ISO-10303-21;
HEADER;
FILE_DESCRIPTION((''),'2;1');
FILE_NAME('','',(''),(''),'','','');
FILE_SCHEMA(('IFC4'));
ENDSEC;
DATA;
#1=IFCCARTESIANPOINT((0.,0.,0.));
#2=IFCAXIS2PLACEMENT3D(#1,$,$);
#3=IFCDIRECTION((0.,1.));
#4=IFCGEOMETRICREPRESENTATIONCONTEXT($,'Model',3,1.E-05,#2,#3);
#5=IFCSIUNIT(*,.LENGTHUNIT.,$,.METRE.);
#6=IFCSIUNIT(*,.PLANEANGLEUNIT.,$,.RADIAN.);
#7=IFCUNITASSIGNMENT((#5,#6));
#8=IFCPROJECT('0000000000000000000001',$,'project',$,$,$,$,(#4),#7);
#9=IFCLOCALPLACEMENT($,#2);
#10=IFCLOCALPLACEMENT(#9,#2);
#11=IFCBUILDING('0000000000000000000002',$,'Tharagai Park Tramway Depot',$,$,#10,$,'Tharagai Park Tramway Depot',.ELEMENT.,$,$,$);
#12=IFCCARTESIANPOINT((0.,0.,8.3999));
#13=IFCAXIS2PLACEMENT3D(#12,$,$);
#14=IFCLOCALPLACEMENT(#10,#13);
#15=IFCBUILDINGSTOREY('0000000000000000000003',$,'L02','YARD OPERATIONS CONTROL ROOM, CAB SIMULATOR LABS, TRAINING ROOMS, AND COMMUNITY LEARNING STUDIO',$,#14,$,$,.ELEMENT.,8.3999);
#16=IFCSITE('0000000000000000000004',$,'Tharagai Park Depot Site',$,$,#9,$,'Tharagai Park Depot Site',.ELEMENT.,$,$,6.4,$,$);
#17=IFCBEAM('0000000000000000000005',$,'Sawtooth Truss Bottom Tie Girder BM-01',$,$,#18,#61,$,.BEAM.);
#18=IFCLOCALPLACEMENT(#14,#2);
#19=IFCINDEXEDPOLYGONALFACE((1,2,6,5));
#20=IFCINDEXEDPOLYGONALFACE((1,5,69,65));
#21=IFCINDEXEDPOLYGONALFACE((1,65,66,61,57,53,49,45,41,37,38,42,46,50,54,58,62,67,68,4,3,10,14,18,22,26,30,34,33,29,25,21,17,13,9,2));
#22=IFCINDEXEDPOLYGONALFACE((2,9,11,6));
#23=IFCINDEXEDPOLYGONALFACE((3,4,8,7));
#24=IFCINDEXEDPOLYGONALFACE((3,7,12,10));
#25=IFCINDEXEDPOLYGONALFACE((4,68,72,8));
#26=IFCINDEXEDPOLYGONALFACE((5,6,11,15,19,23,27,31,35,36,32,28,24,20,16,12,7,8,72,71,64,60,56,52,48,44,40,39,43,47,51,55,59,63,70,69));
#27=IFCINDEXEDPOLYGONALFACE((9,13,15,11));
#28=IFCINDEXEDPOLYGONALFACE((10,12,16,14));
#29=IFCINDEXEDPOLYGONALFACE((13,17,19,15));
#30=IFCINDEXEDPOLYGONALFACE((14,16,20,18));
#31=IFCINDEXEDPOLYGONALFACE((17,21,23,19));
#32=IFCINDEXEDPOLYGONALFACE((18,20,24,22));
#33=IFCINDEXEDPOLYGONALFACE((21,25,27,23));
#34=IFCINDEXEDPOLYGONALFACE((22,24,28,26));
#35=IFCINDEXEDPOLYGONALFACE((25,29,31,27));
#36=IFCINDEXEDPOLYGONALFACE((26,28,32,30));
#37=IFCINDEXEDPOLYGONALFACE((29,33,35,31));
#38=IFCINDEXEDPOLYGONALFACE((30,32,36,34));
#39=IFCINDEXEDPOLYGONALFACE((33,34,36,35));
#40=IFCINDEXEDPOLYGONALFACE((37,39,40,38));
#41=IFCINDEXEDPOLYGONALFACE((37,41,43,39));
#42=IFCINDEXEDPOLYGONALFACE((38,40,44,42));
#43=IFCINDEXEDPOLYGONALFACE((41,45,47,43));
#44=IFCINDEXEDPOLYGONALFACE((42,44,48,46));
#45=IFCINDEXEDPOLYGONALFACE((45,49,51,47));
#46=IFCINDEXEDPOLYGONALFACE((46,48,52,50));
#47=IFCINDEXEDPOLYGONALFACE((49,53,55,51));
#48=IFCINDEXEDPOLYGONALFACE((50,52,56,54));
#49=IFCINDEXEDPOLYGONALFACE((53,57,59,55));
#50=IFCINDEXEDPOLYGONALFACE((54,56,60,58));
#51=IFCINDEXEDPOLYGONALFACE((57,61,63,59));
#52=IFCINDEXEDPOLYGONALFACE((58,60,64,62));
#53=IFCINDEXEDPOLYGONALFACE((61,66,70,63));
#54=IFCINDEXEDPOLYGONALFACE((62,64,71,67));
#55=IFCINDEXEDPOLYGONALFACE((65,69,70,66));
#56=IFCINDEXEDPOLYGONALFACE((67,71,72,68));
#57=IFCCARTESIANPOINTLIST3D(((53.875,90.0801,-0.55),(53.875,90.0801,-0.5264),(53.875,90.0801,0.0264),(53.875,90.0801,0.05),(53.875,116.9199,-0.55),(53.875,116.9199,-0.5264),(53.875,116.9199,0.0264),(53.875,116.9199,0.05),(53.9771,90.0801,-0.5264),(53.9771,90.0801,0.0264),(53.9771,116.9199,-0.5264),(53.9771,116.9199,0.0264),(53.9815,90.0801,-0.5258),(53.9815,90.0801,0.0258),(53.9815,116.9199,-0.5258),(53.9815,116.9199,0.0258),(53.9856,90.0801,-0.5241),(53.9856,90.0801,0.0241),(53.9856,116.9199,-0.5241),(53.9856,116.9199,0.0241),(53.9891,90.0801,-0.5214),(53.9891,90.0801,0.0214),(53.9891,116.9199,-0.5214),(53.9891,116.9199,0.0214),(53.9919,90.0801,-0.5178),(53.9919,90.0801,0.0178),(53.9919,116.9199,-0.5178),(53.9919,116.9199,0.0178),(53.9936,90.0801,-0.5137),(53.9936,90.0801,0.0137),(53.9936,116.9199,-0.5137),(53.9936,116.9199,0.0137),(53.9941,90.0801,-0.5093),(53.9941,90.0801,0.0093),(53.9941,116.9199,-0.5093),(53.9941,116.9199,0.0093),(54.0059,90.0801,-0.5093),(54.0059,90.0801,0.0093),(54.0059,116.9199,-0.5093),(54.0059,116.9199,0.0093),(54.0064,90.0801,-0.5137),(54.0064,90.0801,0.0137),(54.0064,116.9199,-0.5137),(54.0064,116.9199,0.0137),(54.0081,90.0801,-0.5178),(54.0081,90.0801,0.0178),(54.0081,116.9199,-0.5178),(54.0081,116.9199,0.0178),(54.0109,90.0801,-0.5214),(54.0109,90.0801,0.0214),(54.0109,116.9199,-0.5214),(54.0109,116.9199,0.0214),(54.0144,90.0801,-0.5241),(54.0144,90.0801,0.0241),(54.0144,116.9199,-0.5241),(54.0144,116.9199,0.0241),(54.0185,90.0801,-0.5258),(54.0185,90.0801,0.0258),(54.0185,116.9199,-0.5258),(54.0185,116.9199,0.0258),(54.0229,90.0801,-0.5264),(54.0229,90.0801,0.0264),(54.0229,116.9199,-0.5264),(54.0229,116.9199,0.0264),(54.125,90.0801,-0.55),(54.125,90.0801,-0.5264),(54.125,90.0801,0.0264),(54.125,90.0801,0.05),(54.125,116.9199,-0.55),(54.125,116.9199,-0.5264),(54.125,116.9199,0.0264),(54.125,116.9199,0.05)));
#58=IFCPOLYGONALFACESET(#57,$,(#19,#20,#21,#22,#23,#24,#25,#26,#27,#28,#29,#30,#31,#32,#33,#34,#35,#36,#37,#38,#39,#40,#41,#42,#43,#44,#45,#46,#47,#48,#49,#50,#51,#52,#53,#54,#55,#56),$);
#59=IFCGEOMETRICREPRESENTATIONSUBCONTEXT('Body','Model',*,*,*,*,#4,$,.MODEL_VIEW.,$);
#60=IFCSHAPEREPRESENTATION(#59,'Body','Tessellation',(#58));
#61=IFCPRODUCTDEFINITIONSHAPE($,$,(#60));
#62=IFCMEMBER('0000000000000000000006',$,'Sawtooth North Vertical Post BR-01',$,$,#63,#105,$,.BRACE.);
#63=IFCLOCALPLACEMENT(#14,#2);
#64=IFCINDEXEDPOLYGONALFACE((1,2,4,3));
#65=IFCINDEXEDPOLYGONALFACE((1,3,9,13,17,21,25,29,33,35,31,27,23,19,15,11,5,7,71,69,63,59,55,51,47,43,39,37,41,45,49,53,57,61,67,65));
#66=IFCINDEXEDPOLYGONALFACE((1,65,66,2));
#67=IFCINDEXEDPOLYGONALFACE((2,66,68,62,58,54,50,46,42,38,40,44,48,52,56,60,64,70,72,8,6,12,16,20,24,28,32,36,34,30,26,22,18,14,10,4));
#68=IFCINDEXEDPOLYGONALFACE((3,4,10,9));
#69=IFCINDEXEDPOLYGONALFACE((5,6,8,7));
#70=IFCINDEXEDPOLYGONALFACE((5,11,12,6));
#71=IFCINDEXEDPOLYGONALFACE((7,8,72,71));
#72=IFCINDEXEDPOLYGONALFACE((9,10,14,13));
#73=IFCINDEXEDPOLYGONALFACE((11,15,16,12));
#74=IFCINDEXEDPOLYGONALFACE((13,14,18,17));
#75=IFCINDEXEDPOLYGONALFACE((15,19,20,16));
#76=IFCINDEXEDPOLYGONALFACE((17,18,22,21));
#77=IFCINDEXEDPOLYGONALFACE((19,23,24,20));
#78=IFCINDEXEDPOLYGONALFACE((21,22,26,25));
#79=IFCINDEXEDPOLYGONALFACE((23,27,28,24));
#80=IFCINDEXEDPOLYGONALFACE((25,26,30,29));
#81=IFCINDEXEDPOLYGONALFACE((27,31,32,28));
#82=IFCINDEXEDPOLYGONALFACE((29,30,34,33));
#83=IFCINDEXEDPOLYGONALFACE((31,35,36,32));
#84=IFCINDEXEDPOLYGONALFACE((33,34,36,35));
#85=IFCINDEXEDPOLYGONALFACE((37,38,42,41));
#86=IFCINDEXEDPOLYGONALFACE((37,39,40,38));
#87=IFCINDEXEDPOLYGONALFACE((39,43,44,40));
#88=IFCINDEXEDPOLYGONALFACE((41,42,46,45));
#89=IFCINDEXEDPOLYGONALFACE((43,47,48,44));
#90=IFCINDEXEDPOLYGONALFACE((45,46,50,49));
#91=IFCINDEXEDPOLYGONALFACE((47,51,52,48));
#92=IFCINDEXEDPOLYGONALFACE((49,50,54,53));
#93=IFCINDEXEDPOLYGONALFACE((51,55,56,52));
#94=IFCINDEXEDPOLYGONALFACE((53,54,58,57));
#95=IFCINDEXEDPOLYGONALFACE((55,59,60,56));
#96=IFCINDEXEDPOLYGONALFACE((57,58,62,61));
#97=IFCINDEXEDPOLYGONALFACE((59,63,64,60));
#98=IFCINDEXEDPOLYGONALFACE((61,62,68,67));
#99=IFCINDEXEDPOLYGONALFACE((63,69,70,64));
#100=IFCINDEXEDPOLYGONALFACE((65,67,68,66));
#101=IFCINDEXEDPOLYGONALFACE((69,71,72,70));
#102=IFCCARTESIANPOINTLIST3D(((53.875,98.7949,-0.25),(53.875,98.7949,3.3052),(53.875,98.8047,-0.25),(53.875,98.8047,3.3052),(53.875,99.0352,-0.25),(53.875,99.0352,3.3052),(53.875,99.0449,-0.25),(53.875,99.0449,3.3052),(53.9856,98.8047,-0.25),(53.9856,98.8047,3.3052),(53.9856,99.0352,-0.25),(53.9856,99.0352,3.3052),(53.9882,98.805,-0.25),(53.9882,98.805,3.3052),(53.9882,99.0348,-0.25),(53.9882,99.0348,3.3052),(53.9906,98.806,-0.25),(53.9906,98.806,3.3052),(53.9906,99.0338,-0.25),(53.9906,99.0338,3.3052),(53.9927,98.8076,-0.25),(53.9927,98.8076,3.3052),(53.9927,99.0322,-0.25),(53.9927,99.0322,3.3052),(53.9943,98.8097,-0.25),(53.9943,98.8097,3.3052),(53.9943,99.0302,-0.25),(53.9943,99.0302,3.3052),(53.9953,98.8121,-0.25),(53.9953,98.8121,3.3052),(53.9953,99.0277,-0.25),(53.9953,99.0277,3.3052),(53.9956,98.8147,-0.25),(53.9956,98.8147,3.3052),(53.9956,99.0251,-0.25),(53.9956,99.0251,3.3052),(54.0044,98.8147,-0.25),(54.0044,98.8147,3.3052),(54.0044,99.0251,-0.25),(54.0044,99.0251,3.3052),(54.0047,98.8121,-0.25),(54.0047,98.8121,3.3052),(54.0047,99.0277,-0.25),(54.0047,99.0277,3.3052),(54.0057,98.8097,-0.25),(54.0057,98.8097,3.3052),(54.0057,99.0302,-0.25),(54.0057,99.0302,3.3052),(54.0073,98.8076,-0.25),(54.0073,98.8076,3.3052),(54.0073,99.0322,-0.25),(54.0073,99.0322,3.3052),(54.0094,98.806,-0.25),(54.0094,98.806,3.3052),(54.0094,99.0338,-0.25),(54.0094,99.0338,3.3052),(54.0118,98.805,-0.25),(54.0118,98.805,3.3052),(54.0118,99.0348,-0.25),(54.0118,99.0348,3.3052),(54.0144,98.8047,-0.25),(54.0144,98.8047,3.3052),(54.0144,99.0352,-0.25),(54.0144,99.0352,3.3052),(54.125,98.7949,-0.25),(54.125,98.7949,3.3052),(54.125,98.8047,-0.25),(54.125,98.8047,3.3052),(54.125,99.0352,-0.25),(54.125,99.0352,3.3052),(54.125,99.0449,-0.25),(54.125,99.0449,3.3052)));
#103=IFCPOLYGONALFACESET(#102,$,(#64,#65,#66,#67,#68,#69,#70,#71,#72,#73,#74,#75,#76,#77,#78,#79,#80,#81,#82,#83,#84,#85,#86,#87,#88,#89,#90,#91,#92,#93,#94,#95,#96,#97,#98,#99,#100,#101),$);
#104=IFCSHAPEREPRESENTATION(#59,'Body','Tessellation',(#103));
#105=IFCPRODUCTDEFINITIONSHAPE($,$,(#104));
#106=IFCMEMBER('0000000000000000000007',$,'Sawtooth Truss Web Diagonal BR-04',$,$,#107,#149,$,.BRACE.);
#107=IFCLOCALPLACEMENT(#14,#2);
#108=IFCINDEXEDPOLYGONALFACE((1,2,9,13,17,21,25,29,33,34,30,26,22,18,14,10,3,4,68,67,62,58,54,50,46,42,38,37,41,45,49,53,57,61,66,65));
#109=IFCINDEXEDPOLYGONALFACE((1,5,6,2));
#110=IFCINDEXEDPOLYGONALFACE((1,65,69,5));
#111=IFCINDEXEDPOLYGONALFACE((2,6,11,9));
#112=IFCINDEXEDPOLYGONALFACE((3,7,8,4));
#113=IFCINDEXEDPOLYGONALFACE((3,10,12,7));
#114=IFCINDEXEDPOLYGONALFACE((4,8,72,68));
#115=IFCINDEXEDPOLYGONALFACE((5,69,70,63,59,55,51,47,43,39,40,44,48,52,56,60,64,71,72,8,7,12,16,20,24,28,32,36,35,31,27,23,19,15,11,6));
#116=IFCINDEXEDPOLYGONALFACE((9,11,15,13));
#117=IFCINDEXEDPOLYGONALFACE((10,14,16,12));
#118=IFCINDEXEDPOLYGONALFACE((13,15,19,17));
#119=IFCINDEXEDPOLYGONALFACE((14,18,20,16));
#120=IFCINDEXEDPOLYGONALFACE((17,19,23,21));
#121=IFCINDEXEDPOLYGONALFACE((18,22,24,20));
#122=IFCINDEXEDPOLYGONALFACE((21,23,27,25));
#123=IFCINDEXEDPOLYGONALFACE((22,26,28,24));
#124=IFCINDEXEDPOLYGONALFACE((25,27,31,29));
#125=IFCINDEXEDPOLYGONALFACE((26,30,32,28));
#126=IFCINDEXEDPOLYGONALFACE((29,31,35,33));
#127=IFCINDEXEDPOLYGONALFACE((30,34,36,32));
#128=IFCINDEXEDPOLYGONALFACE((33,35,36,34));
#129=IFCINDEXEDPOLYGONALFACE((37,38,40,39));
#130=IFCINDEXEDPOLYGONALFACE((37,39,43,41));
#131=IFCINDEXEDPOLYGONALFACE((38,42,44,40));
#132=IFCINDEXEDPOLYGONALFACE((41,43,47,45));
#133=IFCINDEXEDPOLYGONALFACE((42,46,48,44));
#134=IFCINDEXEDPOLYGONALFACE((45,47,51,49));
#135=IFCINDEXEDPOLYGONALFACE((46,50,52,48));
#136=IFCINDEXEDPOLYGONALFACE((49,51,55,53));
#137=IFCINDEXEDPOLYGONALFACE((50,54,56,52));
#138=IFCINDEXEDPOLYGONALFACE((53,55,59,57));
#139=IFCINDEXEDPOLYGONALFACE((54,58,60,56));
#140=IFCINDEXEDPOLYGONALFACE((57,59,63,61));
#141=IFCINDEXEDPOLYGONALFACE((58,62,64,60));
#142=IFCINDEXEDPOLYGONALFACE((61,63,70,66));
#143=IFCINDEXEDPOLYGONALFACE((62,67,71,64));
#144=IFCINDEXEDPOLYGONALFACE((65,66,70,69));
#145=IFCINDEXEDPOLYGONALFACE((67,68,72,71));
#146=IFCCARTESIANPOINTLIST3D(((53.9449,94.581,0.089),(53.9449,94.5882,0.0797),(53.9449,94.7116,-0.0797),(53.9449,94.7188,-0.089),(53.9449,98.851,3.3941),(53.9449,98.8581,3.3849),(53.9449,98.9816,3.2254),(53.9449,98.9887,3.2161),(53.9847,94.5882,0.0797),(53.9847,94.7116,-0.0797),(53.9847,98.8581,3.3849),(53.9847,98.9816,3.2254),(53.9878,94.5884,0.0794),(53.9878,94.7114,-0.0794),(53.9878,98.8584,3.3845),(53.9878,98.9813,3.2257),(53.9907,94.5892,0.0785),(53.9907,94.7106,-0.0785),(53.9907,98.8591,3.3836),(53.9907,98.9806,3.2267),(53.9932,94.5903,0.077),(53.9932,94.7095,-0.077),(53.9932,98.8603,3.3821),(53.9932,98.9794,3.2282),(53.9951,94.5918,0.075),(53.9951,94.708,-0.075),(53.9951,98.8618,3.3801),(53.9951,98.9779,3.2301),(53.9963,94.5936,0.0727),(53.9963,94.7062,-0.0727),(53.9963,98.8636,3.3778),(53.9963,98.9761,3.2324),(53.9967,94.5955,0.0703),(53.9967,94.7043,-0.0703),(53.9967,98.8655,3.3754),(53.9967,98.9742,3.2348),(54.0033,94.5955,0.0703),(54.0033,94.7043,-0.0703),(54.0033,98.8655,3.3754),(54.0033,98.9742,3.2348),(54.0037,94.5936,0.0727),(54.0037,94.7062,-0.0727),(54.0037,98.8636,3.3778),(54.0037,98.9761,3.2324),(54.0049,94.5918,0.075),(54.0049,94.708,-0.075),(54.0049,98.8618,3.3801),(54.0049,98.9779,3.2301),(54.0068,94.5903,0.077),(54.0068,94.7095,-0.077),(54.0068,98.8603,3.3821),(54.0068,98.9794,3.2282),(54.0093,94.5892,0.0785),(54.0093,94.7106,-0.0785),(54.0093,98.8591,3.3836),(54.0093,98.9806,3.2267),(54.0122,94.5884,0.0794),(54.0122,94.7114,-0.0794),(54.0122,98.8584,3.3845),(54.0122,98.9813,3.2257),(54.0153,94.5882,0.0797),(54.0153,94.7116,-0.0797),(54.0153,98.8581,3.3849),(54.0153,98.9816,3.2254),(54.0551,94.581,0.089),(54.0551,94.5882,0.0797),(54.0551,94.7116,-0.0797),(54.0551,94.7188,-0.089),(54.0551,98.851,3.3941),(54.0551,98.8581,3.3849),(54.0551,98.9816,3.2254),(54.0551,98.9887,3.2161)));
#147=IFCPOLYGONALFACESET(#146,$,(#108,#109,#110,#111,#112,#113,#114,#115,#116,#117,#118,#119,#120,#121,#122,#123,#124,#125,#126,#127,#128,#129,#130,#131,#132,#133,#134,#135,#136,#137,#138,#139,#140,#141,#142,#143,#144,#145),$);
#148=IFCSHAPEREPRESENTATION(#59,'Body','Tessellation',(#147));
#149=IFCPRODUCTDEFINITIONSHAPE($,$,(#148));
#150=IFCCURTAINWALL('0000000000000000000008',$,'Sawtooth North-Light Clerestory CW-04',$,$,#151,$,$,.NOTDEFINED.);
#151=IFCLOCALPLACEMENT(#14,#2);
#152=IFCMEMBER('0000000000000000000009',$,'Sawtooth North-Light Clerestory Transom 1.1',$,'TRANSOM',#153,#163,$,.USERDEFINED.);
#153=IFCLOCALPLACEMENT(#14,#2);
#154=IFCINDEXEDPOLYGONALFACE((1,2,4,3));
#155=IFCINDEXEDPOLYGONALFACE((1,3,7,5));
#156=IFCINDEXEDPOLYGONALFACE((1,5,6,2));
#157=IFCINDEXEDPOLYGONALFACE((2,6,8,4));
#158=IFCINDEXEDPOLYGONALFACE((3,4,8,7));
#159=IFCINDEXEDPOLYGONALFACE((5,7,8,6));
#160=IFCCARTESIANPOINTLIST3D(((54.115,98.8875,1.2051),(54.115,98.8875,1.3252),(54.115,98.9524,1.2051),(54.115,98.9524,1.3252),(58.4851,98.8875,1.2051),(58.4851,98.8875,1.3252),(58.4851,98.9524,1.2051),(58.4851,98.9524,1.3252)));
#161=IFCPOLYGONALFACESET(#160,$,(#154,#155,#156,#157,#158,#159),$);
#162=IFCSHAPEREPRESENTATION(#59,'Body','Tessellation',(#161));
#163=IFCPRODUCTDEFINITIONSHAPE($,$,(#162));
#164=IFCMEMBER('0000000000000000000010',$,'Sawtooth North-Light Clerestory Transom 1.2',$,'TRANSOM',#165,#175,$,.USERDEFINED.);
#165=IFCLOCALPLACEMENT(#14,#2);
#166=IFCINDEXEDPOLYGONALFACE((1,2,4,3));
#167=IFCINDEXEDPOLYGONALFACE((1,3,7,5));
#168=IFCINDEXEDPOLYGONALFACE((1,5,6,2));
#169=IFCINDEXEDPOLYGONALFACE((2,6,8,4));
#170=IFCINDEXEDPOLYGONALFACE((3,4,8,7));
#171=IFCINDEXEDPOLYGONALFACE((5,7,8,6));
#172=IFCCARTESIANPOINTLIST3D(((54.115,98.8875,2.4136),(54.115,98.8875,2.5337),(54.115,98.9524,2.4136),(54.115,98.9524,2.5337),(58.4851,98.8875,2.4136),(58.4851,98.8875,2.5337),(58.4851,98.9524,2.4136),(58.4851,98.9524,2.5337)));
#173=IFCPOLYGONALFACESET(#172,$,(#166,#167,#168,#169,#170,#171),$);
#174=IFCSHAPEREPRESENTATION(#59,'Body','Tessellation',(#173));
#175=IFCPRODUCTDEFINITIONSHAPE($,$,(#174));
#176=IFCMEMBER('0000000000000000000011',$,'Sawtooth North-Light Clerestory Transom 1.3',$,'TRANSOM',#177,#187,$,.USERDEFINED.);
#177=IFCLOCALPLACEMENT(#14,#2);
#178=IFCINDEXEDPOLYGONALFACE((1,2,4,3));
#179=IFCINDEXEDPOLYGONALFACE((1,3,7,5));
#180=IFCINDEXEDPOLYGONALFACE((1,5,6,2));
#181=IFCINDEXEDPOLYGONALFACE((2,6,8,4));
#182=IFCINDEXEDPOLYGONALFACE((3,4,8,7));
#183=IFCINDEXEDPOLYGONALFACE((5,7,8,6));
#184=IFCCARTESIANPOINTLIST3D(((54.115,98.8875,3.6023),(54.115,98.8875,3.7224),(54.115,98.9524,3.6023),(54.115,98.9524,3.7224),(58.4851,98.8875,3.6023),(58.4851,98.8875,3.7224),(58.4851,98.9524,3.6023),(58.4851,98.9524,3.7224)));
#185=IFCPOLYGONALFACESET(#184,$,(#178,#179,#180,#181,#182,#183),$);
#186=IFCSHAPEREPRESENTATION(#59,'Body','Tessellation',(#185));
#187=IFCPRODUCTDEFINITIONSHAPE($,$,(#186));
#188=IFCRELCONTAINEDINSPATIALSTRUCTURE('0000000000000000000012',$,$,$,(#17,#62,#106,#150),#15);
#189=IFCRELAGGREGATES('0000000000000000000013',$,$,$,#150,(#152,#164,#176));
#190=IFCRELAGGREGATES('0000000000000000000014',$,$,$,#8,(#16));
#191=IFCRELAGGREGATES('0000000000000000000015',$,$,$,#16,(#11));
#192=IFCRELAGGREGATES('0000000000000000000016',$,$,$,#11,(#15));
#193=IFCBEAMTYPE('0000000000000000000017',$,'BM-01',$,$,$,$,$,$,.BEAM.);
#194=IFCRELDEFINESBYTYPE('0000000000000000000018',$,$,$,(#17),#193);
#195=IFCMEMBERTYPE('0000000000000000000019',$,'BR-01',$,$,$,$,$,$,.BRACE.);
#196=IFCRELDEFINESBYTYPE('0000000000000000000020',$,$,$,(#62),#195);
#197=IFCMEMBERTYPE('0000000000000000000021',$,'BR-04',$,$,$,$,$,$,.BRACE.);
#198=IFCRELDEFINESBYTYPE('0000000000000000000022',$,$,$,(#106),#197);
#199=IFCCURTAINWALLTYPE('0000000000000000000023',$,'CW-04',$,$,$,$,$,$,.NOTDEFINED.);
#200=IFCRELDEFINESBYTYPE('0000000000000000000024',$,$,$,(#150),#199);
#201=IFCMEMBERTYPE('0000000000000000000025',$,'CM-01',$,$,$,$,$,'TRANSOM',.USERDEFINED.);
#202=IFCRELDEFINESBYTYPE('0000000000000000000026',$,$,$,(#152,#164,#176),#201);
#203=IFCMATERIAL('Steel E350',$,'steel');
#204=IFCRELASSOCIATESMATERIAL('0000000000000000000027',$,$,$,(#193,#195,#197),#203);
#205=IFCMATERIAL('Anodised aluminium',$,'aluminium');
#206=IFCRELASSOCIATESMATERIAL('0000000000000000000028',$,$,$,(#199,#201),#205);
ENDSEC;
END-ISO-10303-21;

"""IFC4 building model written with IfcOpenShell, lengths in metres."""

from ifc_helpers import new_model, si_unit, direction, frame, origin, origin_2d, place, context, subcontext, project, spatial, rectangle, i_section, extrude, material, material_profile, profile_set, type_object, element, aggregate, save


model = new_model("IFC4")

# Units and contexts
model_context = context("Model", 3, precision=1e-05, world=origin(), true_north=direction((0.0, 1.0)))
body_context = subcontext(model_context, "Body", "Model", "MODEL_VIEW")
ifc_project = project(units=[si_unit("LENGTHUNIT", "METRE"), si_unit("PLANEANGLEUNIT", "RADIAN")], contexts=[model_context])

# Site, building, storey
site_placement = place(None, origin())
site = spatial("IfcSite", under=ifc_project, at=site_placement, Name="Tharagai Park Depot Site", LongName="Tharagai Park Depot Site", CompositionType="ELEMENT", RefElevation=6.4)
building_placement = place(site_placement, origin())
building = spatial("IfcBuilding", under=site, at=building_placement, Name="Tharagai Park Tramway Depot", LongName="Tharagai Park Tramway Depot", CompositionType="ELEMENT")
storey_placement = place(building_placement, frame((0.0, 0.0, 8.3999)))
storey = spatial("IfcBuildingStorey", under=building, at=storey_placement, Name="L02", Description="YARD OPERATIONS CONTROL ROOM, CAB SIMULATOR LABS, TRAINING ROOMS, AND COMMUNITY LEARNING STUDIO", CompositionType="ELEMENT", Elevation=8.3999)

# Beam
ifc_material_1 = material(Name="Steel E350", Category="steel")
ifc_material_profile_1 = material_profile(ifc_material_1, i_section(OverallWidth=0.25, OverallDepth=0.6001, WebThickness=0.0117, FlangeThickness=0.0237, FilletRadius=0.0171, at=origin_2d()), Name="ISWB 600")
ifc_profile_set_1 = profile_set([ifc_material_profile_1], Name="Steel E350")
beam_type = type_object("IfcBeamType", Name="BM-01", PredefinedType="BEAM", material=ifc_profile_set_1)
beam_placement = place(storey_placement, frame((54.0, 90.0801, -0.25), z_axis=(0.0, 1.0, 0.0), x_axis=(-1.0, 0.0, 0.0)))
element("IfcBeam", 1, at=beam_placement, inside=storey, type_object=beam_type, Name="Sawtooth Truss Bottom Tie Girder BM-01", PredefinedType="BEAM", context=body_context, shape_type="SweptSolid", body=[
    extrude(i_section(OverallWidth=0.25, OverallDepth=0.6001, WebThickness=0.0117, FlangeThickness=0.0237, FilletRadius=0.0171, at=origin_2d()), origin(), (0.0, 0.0, 1.0), 26.8398),
])

# Members
ifc_material_profile_2 = material_profile(ifc_material_1, i_section(OverallWidth=0.25, OverallDepth=0.25, WebThickness=0.0088, FlangeThickness=0.0098, FilletRadius=0.01, at=origin_2d()), Name="ISHB 250")
ifc_profile_set_2 = profile_set([ifc_material_profile_2], Name="Steel E350")
member_type_1 = type_object("IfcMemberType", Name="BR-01", PredefinedType="BRACE", material=ifc_profile_set_2)
member_1_placement = place(storey_placement, frame((54.0, 98.9199, -0.25), z_axis=(0.0, 0.0, 1.0), x_axis=(1.0, 0.0, 0.0)))
element("IfcMember", 2, at=member_1_placement, inside=storey, type_object=member_type_1, Name="Sawtooth North Vertical Post BR-01", PredefinedType="BRACE", context=body_context, shape_type="SweptSolid", body=[
    extrude(i_section(OverallWidth=0.25, OverallDepth=0.25, WebThickness=0.0088, FlangeThickness=0.0098, FilletRadius=0.01, at=origin_2d()), origin(), (0.0, 0.0, 1.0), 3.5552),
])
ifc_material_profile_3 = material_profile(ifc_material_1, i_section(OverallWidth=0.1101, OverallDepth=0.2251, WebThickness=0.0066, FlangeThickness=0.0117, FilletRadius=0.012, at=origin_2d()), Name="ISMB 225")
ifc_profile_set_3 = profile_set([ifc_material_profile_3], Name="Steel E350")
member_type_2 = type_object("IfcMemberType", Name="BR-04", PredefinedType="BRACE", material=ifc_profile_set_3)
member_2_placement = place(storey_placement, frame((54.0, 94.6499, 0.0), z_axis=(0.0, 0.790782, 0.612098), x_axis=(-1.0, 0.0, 0.0)))
element("IfcMember", 3, at=member_2_placement, inside=storey, type_object=member_type_2, Name="Sawtooth Truss Web Diagonal BR-04", PredefinedType="BRACE", context=body_context, shape_type="SweptSolid", body=[
    extrude(i_section(OverallWidth=0.1101, OverallDepth=0.2251, WebThickness=0.0066, FlangeThickness=0.0117, FilletRadius=0.012, at=origin_2d()), origin(), (0.0, 0.0, 1.0), 5.3997),
])

# Curtain wall, members
ifc_material_2 = material(Name="Anodised aluminium", Category="aluminium")
curtain_wall_type = type_object("IfcCurtainWallType", Name="CW-04", PredefinedType="NOTDEFINED", material=ifc_material_2)
curtain_wall_1_placement = place(storey_placement, origin())
curtain_wall_1 = element("IfcCurtainWall", 4, at=curtain_wall_1_placement, inside=storey, type_object=curtain_wall_type, Name="Sawtooth North-Light Clerestory CW-04", PredefinedType="NOTDEFINED")
ifc_material_profile_4 = material_profile(ifc_material_2, rectangle(XDim=0.0649, YDim=0.1201, at=origin_2d()), Name="ALU 65x120")
ifc_profile_set_4 = profile_set([ifc_material_profile_4], Name="Anodised aluminium")
member_type_3 = type_object("IfcMemberType", Name="CM-01", ElementType="TRANSOM", PredefinedType="USERDEFINED", material=ifc_profile_set_4)
member_3_placement = place(storey_placement, frame((54.115, 98.9199, 1.2651), z_axis=(1.0, 0.0, 0.0), x_axis=(0.0, 1.0, 0.0)))
member_3 = element("IfcMember", 5, at=member_3_placement, type_object=member_type_3, Name="Sawtooth North-Light Clerestory Transom 1.1", ObjectType="TRANSOM", PredefinedType="USERDEFINED", context=body_context, shape_type="SweptSolid", body=[
    extrude(rectangle(XDim=0.0649, YDim=0.1201, at=origin_2d()), origin(), (0.0, 0.0, 1.0), 4.3701),
])
member_4_placement = place(storey_placement, frame((54.115, 98.9199, 2.4736), z_axis=(1.0, 0.0, 0.0), x_axis=(0.0, 1.0, 0.0)))
member_4 = element("IfcMember", 6, at=member_4_placement, type_object=member_type_3, Name="Sawtooth North-Light Clerestory Transom 1.2", ObjectType="TRANSOM", PredefinedType="USERDEFINED", context=body_context, shape_type="SweptSolid", body=[
    extrude(rectangle(XDim=0.0649, YDim=0.1201, at=origin_2d()), origin(), (0.0, 0.0, 1.0), 4.3701),
])
member_5_placement = place(storey_placement, frame((54.115, 98.9199, 3.6624), z_axis=(1.0, 0.0, 0.0), x_axis=(0.0, 1.0, 0.0)))
member_5 = element("IfcMember", 7, at=member_5_placement, type_object=member_type_3, Name="Sawtooth North-Light Clerestory Transom 1.3", ObjectType="TRANSOM", PredefinedType="USERDEFINED", context=body_context, shape_type="SweptSolid", body=[
    extrude(rectangle(XDim=0.0649, YDim=0.1201, at=origin_2d()), origin(), (0.0, 0.0, 1.0), 4.3701),
])

aggregate(curtain_wall_1, [member_3, member_4, member_5])

save(model, "model.ifc")
